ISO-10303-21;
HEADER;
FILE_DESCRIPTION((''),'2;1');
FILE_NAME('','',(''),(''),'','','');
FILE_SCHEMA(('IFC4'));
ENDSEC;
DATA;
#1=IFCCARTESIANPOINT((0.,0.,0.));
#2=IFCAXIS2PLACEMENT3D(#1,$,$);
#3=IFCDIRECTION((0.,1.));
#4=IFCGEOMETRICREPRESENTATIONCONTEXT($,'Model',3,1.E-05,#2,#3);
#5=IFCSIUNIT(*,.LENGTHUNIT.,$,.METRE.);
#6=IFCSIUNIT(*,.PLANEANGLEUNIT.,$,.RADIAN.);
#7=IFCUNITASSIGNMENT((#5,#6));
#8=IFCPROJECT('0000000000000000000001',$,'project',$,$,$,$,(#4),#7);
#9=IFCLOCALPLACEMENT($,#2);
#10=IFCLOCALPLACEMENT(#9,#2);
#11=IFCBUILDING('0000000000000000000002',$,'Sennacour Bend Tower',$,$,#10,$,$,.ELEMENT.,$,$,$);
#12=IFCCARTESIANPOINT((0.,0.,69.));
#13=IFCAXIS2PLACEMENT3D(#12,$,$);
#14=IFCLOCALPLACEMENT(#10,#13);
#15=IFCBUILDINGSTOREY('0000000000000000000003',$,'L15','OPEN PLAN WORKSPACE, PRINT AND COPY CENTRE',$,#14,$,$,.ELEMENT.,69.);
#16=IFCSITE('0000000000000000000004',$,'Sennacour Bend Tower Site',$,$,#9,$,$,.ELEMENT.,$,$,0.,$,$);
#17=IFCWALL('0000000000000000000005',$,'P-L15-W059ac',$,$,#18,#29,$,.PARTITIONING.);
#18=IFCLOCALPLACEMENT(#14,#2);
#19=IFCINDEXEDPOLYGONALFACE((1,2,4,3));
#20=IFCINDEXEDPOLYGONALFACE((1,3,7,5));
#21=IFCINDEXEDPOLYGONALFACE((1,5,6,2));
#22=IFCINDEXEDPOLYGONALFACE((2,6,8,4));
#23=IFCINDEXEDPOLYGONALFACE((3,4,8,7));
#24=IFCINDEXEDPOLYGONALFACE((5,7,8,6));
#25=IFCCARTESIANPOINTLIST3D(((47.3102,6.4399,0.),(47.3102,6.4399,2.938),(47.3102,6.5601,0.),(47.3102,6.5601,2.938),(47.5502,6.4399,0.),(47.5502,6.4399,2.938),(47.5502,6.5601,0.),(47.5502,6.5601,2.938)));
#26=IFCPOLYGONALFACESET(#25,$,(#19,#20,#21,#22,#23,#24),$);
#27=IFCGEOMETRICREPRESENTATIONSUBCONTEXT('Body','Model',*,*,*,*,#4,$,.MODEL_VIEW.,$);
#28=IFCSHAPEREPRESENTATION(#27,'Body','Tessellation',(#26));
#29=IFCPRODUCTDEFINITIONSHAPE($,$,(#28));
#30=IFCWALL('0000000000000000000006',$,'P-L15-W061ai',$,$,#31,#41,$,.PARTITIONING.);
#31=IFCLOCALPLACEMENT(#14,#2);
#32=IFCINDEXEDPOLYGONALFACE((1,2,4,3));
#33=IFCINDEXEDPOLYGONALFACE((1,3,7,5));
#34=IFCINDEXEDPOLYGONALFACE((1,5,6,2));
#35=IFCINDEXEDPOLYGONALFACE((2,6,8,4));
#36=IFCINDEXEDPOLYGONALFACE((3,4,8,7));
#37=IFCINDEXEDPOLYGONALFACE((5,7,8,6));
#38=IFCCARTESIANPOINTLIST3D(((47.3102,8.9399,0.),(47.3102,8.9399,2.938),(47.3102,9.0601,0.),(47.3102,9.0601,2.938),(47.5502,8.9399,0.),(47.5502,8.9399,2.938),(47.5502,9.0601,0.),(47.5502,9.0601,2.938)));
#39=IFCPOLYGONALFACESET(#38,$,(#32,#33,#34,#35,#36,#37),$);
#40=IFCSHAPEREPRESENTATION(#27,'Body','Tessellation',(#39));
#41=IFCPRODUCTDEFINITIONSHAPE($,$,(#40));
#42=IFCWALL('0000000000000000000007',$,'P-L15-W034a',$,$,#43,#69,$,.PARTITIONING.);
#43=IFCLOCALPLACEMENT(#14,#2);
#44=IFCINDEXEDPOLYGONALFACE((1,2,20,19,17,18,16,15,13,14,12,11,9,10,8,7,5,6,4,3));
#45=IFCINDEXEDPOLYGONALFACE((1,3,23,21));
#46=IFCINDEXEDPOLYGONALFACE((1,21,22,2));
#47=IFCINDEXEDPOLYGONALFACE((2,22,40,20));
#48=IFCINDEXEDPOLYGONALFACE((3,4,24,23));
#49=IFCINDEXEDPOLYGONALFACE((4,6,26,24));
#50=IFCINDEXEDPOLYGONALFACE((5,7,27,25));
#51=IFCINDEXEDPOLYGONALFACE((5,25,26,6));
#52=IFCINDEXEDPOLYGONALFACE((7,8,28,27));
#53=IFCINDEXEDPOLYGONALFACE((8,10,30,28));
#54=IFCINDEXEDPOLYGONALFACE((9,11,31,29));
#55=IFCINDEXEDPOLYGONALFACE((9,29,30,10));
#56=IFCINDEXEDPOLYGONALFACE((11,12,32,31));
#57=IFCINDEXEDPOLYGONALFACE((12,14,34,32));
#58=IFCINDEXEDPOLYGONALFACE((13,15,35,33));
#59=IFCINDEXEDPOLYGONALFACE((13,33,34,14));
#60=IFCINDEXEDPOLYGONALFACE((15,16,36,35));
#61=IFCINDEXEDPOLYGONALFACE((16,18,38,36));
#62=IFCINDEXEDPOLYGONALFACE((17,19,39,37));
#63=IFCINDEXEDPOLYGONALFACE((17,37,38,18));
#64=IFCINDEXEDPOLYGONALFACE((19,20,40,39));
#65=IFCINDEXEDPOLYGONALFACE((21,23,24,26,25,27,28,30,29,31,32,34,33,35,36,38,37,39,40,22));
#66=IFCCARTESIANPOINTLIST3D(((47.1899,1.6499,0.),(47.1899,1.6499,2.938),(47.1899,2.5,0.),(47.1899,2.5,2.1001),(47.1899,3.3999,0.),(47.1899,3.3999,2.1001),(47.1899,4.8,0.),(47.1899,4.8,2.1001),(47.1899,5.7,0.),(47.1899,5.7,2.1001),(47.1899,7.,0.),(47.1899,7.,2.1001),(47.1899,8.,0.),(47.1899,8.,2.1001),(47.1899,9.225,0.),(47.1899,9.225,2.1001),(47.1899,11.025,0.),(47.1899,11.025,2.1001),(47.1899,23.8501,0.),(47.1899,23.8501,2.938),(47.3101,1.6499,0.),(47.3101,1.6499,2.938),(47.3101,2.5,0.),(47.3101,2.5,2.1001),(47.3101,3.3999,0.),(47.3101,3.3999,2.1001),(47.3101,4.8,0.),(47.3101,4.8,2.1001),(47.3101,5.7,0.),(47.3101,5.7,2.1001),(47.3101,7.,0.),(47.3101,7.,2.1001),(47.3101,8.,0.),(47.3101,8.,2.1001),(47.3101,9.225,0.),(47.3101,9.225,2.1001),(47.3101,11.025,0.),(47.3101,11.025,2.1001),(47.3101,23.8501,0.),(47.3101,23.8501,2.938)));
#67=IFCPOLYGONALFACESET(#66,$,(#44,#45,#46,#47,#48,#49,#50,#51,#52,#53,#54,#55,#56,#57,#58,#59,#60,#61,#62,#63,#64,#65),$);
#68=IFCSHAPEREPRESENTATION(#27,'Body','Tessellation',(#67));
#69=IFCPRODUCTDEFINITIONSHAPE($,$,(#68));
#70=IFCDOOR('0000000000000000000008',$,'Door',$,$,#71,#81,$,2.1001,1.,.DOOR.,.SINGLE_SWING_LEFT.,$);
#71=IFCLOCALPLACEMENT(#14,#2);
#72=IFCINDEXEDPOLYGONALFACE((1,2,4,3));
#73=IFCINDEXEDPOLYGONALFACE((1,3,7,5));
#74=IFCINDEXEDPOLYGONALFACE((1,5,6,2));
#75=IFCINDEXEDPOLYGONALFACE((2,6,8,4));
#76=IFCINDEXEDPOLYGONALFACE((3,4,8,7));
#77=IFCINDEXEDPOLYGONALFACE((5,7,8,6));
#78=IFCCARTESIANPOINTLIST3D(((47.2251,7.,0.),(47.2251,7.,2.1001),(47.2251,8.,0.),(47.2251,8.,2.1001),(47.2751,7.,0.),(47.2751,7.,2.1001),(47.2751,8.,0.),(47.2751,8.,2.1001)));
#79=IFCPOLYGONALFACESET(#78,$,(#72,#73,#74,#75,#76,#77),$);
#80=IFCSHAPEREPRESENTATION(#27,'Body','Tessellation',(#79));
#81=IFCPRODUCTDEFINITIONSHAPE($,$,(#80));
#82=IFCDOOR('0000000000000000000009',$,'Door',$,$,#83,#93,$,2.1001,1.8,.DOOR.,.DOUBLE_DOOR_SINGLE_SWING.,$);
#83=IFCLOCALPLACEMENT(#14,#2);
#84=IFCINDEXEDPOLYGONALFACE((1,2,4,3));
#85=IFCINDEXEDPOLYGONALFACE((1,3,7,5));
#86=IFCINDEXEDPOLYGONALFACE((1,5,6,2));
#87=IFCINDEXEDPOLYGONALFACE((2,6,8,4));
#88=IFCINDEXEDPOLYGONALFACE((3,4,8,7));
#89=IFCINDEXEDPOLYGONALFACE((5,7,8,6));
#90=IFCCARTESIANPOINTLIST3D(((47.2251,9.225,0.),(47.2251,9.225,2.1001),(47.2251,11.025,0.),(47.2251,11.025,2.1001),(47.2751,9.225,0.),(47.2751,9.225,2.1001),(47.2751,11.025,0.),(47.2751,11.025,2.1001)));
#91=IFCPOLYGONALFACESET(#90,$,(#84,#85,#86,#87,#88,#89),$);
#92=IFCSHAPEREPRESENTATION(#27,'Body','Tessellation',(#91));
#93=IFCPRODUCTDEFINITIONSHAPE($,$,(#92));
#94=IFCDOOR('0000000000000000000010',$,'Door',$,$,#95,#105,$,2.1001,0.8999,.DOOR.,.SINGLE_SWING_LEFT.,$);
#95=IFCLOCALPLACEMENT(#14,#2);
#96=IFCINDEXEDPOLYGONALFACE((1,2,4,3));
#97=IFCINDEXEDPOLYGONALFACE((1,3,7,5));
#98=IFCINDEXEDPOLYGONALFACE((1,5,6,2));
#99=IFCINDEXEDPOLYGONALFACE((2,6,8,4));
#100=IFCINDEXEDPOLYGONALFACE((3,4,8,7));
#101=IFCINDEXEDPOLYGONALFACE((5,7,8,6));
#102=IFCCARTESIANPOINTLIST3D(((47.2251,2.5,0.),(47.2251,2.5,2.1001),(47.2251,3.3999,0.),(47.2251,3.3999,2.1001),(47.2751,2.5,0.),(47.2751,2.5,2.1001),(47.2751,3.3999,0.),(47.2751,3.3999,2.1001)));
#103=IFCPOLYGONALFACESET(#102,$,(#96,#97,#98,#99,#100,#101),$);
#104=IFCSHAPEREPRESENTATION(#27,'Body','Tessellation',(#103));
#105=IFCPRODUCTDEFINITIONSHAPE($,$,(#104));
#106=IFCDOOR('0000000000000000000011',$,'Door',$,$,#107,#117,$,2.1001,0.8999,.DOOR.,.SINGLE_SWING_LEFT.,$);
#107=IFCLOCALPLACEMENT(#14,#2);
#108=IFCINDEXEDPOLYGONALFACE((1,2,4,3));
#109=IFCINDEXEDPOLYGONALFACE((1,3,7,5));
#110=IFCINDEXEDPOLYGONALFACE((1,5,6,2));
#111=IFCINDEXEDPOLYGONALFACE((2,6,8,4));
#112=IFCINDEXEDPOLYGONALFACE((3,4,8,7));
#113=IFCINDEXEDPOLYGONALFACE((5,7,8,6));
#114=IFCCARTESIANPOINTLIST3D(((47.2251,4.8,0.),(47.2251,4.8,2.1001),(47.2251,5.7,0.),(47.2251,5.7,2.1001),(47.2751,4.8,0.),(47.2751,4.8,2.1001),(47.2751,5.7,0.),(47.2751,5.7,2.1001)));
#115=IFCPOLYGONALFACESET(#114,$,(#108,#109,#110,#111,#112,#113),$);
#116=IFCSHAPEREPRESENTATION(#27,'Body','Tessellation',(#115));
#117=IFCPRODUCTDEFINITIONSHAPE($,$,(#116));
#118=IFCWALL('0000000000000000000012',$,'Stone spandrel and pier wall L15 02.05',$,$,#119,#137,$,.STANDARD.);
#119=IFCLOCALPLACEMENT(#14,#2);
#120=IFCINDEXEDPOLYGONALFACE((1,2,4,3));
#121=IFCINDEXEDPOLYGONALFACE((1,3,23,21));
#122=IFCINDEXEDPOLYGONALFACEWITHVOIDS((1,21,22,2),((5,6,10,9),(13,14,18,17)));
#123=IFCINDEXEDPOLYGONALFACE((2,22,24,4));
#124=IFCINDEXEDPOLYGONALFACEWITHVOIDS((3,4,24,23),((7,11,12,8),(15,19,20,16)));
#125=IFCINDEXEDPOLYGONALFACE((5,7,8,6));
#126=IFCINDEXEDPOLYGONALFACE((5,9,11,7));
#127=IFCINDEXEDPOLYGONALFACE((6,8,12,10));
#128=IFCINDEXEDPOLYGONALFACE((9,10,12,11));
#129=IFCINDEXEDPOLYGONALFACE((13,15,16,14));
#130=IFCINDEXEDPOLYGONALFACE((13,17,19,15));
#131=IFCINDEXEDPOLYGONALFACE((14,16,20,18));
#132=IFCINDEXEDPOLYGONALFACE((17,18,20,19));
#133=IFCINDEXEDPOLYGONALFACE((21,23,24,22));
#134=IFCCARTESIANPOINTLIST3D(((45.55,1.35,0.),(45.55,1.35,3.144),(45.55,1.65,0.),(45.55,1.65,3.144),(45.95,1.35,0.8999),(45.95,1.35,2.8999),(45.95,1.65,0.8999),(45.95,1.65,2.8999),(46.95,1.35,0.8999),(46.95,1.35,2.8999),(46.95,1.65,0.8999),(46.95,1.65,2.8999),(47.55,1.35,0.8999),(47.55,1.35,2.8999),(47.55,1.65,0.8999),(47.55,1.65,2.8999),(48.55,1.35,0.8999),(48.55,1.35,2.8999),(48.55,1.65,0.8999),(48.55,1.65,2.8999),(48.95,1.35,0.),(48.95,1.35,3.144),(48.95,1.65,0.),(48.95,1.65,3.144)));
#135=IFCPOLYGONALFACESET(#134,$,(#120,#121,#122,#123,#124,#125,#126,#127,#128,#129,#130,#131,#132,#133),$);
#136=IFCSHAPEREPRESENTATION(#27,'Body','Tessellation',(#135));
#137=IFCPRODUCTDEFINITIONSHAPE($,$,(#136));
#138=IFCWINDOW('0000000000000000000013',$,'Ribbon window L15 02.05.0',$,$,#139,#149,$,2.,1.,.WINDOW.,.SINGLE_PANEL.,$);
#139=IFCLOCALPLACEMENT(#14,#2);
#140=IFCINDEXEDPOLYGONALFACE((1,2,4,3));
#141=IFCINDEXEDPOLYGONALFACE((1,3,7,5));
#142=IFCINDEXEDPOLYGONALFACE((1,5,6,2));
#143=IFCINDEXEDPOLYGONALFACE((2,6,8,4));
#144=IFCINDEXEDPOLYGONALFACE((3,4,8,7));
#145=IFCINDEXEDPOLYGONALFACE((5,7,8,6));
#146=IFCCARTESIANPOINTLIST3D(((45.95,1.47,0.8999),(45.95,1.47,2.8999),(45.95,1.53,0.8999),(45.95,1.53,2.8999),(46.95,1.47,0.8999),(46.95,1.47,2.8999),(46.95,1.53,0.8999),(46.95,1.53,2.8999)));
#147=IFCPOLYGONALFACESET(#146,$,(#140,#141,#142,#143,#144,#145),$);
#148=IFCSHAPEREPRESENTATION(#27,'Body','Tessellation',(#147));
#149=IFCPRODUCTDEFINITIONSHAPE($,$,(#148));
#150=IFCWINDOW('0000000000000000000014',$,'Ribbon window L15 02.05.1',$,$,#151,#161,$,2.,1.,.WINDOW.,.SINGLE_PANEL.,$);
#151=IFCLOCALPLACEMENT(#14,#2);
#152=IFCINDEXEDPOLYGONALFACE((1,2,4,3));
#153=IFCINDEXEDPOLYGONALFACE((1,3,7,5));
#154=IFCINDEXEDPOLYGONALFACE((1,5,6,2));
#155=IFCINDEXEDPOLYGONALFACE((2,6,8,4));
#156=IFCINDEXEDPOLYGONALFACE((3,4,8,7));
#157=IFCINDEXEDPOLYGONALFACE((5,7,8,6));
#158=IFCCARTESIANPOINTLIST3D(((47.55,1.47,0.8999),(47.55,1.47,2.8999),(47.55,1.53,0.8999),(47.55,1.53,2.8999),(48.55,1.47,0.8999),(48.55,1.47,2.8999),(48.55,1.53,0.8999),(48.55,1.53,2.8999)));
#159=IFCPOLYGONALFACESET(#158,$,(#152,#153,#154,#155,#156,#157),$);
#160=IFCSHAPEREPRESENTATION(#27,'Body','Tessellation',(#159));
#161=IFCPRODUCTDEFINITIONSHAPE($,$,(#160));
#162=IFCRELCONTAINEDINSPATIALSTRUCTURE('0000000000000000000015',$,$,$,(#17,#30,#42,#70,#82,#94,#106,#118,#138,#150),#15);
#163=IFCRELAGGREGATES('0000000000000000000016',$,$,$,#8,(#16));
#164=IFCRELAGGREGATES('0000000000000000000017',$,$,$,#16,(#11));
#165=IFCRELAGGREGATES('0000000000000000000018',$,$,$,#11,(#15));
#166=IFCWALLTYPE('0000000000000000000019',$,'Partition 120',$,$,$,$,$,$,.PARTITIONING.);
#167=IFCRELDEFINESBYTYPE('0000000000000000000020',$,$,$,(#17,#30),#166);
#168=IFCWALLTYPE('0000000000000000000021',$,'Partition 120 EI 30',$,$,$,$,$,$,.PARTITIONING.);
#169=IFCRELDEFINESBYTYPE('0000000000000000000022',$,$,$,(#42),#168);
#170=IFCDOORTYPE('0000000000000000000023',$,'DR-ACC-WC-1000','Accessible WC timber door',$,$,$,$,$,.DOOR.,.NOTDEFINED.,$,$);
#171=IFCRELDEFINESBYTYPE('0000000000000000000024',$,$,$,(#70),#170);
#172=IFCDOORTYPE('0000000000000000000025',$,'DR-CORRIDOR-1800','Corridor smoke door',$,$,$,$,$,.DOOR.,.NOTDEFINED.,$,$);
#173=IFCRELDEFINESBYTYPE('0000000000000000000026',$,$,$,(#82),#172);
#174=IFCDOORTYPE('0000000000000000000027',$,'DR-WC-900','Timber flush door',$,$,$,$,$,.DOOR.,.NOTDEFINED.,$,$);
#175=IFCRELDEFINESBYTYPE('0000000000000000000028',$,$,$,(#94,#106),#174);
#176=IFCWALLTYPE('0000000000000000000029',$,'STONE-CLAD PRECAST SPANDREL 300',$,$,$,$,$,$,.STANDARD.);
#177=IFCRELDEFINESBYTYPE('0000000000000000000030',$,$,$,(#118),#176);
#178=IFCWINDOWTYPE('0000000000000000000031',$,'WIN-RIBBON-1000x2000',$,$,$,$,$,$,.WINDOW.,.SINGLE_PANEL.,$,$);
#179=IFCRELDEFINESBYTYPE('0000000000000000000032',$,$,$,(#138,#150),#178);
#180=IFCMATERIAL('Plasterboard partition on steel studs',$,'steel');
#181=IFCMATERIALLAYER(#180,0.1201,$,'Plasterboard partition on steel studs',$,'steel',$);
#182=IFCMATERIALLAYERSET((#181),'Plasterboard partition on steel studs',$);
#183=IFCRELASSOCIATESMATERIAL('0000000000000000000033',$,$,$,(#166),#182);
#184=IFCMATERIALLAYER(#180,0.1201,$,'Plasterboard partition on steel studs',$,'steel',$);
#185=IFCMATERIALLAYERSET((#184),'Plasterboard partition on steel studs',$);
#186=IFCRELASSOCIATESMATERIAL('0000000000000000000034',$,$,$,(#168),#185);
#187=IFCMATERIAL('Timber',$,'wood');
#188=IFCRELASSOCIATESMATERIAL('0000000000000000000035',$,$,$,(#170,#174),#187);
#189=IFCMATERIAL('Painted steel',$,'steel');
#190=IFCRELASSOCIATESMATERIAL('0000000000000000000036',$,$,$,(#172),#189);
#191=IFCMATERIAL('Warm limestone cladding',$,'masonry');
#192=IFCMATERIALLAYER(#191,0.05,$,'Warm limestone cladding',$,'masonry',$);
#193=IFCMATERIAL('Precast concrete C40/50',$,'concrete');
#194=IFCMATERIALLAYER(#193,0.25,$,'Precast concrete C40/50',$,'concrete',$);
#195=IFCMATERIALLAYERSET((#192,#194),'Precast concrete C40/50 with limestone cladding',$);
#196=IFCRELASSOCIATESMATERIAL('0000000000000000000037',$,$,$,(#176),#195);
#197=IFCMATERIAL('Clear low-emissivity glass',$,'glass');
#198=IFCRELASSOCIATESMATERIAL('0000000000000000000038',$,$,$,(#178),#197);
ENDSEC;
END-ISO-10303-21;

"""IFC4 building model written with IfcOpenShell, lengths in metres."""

from ifc_helpers import new_model, si_unit, direction, frame, frame_2d, origin, place, context, subcontext, project, spatial, rectangle, extrude, material, layer, layer_set, type_object, element, fill, save


model = new_model("IFC4")

# Units and contexts
model_context = context("Model", 3, precision=1e-05, world=origin(), true_north=direction((0.0, 1.0)))
body_context = subcontext(model_context, "Body", "Model", "MODEL_VIEW")
ifc_project = project(units=[si_unit("LENGTHUNIT", "METRE"), si_unit("PLANEANGLEUNIT", "RADIAN")], contexts=[model_context])

# Site, building, storey
site_placement = place(None, origin())
site = spatial("IfcSite", under=ifc_project, at=site_placement, Name="Sennacour Bend Tower Site", CompositionType="ELEMENT", RefElevation=0.0)
building_placement = place(site_placement, origin())
building = spatial("IfcBuilding", under=site, at=building_placement, Name="Sennacour Bend Tower", CompositionType="ELEMENT")
storey_placement = place(building_placement, frame((0.0, 0.0, 69.0)))
storey = spatial("IfcBuildingStorey", under=building, at=storey_placement, Name="L15", Description="OPEN PLAN WORKSPACE, PRINT AND COPY CENTRE", CompositionType="ELEMENT", Elevation=69.0)

# Walls
ifc_material_1 = material(Name="Plasterboard partition on steel studs", Category="steel")
ifc_layer_1 = layer(ifc_material_1, 0.1201, Name="Plasterboard partition on steel studs", Category="steel")
ifc_layer_set_1 = layer_set([ifc_layer_1], Name="Plasterboard partition on steel studs")
wall_type_1 = type_object("IfcWallType", Name="Partition 120", PredefinedType="PARTITIONING", material=ifc_layer_set_1)
for number, where, z_axis, x_axis, name in (
    (1, (47.3101, 6.5, 0.0), (0.0, 0.0, 1.0), (1.0, 0.0, 0.0), "P-L15-W059ac"),
    (2, (47.3101, 9.0, 0.0), (0.0, 0.0, 1.0), (1.0, 0.0, 0.0), "P-L15-W061ai"),
):
    element("IfcWall", number, at=place(storey_placement, frame(where, z_axis=z_axis, x_axis=x_axis)), inside=storey, type_object=wall_type_1, Name=name, PredefinedType="PARTITIONING", context=body_context, shape_type="SweptSolid", body=[
        extrude(rectangle(XDim=0.24, YDim=0.1201, at=frame_2d((0.1201, 0.0))), origin(), (0.0, 0.0, 1.0), 2.938),
    ])

# Wall, openings, doors
ifc_layer_2 = layer(ifc_material_1, 0.1201, Name="Plasterboard partition on steel studs", Category="steel")
ifc_layer_set_2 = layer_set([ifc_layer_2], Name="Plasterboard partition on steel studs")
wall_type_2 = type_object("IfcWallType", Name="Partition 120 EI 30", PredefinedType="PARTITIONING", material=ifc_layer_set_2)
wall_1_placement = place(storey_placement, frame((47.25, 1.6499, 0.0), z_axis=(0.0, 0.0, 1.0), x_axis=(0.0, 1.0, 0.0)))
wall_1 = element("IfcWall", 3, at=wall_1_placement, inside=storey, type_object=wall_type_2, Name="P-L15-W034a", PredefinedType="PARTITIONING", context=body_context, shape_type="SweptSolid", body=[
    extrude(rectangle(XDim=22.2002, YDim=0.1201, at=frame_2d((11.1001, 0.0))), origin(), (0.0, 0.0, 1.0), 2.938),
])
opening_1_placement = place(wall_1_placement, frame((7.5752, 0.0, 0.0)))
opening_1 = element("IfcOpeningElement", 4, at=opening_1_placement, cuts=wall_1, PredefinedType="OPENING", context=body_context, shape_type="SweptSolid", body=[
    extrude(rectangle(XDim=1.8, YDim=2.1001, at=frame_2d((0.8999, 1.05))), frame((0.0, 0.0701, 0.0), z_axis=(0.0, -1.0, 0.0), x_axis=(1.0, 0.0, 0.0)), (0.0, 0.0, 1.0), 0.1401),
])
opening_2_placement = place(wall_1_placement, frame((0.8501, 0.0, 0.0)))
opening_2 = element("IfcOpeningElement", 5, at=opening_2_placement, cuts=wall_1, PredefinedType="OPENING", context=body_context, shape_type="SweptSolid", body=[
    extrude(rectangle(XDim=0.8999, YDim=2.1001, at=frame_2d((0.45, 1.05))), frame((0.0, 0.0701, 0.0), z_axis=(0.0, -1.0, 0.0), x_axis=(1.0, 0.0, 0.0)), (0.0, 0.0, 1.0), 0.1401),
])
opening_3_placement = place(wall_1_placement, frame((3.1501, 0.0, 0.0)))
opening_3 = element("IfcOpeningElement", 6, at=opening_3_placement, cuts=wall_1, PredefinedType="OPENING", context=body_context, shape_type="SweptSolid", body=[
    extrude(rectangle(XDim=0.8999, YDim=2.1001, at=frame_2d((0.45, 1.05))), frame((0.0, 0.0701, 0.0), z_axis=(0.0, -1.0, 0.0), x_axis=(1.0, 0.0, 0.0)), (0.0, 0.0, 1.0), 0.1401),
])
opening_4_placement = place(wall_1_placement, frame((5.3501, 0.0, 0.0)))
opening_4 = element("IfcOpeningElement", 7, at=opening_4_placement, cuts=wall_1, PredefinedType="OPENING", context=body_context, shape_type="SweptSolid", body=[
    extrude(rectangle(XDim=1.0, YDim=2.1001, at=frame_2d((0.5, 1.05))), frame((0.0, 0.0701, 0.0), z_axis=(0.0, -1.0, 0.0), x_axis=(1.0, 0.0, 0.0)), (0.0, 0.0, 1.0), 0.1401),
])
ifc_material_2 = material(Name="Timber", Category="wood")
door_type_1 = type_object("IfcDoorType", Name="DR-ACC-WC-1000", Description="Accessible WC timber door", OperationType="NOTDEFINED", PredefinedType="DOOR", material=ifc_material_2)
door_1_placement = place(opening_4_placement, origin())
door_1 = element("IfcDoor", 8, at=door_1_placement, inside=storey, type_object=door_type_1, Name="Door", OperationType="SINGLE_SWING_LEFT", OverallHeight=2.1001, OverallWidth=1.0, PredefinedType="DOOR", context=body_context, shape_type="SweptSolid", body=[
    extrude(rectangle(XDim=1.0, YDim=2.1001, at=frame_2d((0.5, 1.05))), frame((0.0, 0.0249, 0.0), z_axis=(0.0, -1.0, 0.0), x_axis=(1.0, 0.0, 0.0)), (0.0, 0.0, 1.0), 0.05),
])
fill(opening_4, door_1)
ifc_material_3 = material(Name="Painted steel", Category="steel")
door_type_2 = type_object("IfcDoorType", Name="DR-CORRIDOR-1800", Description="Corridor smoke door", OperationType="NOTDEFINED", PredefinedType="DOOR", material=ifc_material_3)
door_2_placement = place(opening_1_placement, origin())
door_2 = element("IfcDoor", 9, at=door_2_placement, inside=storey, type_object=door_type_2, Name="Door", OperationType="DOUBLE_DOOR_SINGLE_SWING", OverallHeight=2.1001, OverallWidth=1.8, PredefinedType="DOOR", context=body_context, shape_type="SweptSolid", body=[
    extrude(rectangle(XDim=1.8, YDim=2.1001, at=frame_2d((0.8999, 1.05))), frame((0.0, 0.0249, 0.0), z_axis=(0.0, -1.0, 0.0), x_axis=(1.0, 0.0, 0.0)), (0.0, 0.0, 1.0), 0.05),
])
fill(opening_1, door_2)
door_type_3 = type_object("IfcDoorType", Name="DR-WC-900", Description="Timber flush door", OperationType="NOTDEFINED", PredefinedType="DOOR", material=ifc_material_2)
door_3_placement = place(opening_2_placement, origin())
door_3 = element("IfcDoor", 10, at=door_3_placement, inside=storey, type_object=door_type_3, Name="Door", OperationType="SINGLE_SWING_LEFT", OverallHeight=2.1001, OverallWidth=0.8999, PredefinedType="DOOR", context=body_context, shape_type="SweptSolid", body=[
    extrude(rectangle(XDim=0.8999, YDim=2.1001, at=frame_2d((0.45, 1.05))), frame((0.0, 0.0249, 0.0), z_axis=(0.0, -1.0, 0.0), x_axis=(1.0, 0.0, 0.0)), (0.0, 0.0, 1.0), 0.05),
])
fill(opening_2, door_3)
door_4_placement = place(opening_3_placement, origin())
door_4 = element("IfcDoor", 11, at=door_4_placement, inside=storey, type_object=door_type_3, Name="Door", OperationType="SINGLE_SWING_LEFT", OverallHeight=2.1001, OverallWidth=0.8999, PredefinedType="DOOR", context=body_context, shape_type="SweptSolid", body=[
    extrude(rectangle(XDim=0.8999, YDim=2.1001, at=frame_2d((0.45, 1.05))), frame((0.0, 0.0249, 0.0), z_axis=(0.0, -1.0, 0.0), x_axis=(1.0, 0.0, 0.0)), (0.0, 0.0, 1.0), 0.05),
])
fill(opening_3, door_4)

# Wall, openings, windows
ifc_material_4 = material(Name="Warm limestone cladding", Category="masonry")
ifc_layer_3 = layer(ifc_material_4, 0.05, Name="Warm limestone cladding", Category="masonry")
ifc_material_5 = material(Name="Precast concrete C40/50", Category="concrete")
ifc_layer_4 = layer(ifc_material_5, 0.25, Name="Precast concrete C40/50", Category="concrete")
ifc_layer_set_3 = layer_set([ifc_layer_3, ifc_layer_4], Name="Precast concrete C40/50 with limestone cladding")
wall_type_3 = type_object("IfcWallType", Name="STONE-CLAD PRECAST SPANDREL 300", PredefinedType="STANDARD", material=ifc_layer_set_3)
wall_2_placement = place(storey_placement, frame((45.55, 1.5, 0.0), z_axis=(0.0, 0.0, 1.0), x_axis=(1.0, 0.0, 0.0)))
wall_2 = element("IfcWall", 12, at=wall_2_placement, inside=storey, type_object=wall_type_3, Name="Stone spandrel and pier wall L15 02.05", PredefinedType="STANDARD", context=body_context, shape_type="SweptSolid", body=[
    extrude(rectangle(XDim=3.3999, YDim=0.3, at=frame_2d((1.7, 0.0))), origin(), (0.0, 0.0, 1.0), 3.144),
])
opening_5_placement = place(wall_2_placement, frame((0.3999, 0.0, 0.8999)))
opening_5 = element("IfcOpeningElement", 13, at=opening_5_placement, cuts=wall_2, PredefinedType="OPENING", context=body_context, shape_type="SweptSolid", body=[
    extrude(rectangle(XDim=1.0, YDim=2.0, at=frame_2d((0.5, 1.0))), frame((0.0, 0.1602, 0.0), z_axis=(0.0, -1.0, 0.0), x_axis=(1.0, 0.0, 0.0)), (0.0, 0.0, 1.0), 0.3201),
])
opening_6_placement = place(wall_2_placement, frame((2.0, 0.0, 0.8999)))
opening_6 = element("IfcOpeningElement", 14, at=opening_6_placement, cuts=wall_2, PredefinedType="OPENING", context=body_context, shape_type="SweptSolid", body=[
    extrude(rectangle(XDim=1.0, YDim=2.0, at=frame_2d((0.5, 1.0))), frame((0.0, 0.1602, 0.0), z_axis=(0.0, -1.0, 0.0), x_axis=(1.0, 0.0, 0.0)), (0.0, 0.0, 1.0), 0.3201),
])
ifc_material_6 = material(Name="Clear low-emissivity glass", Category="glass")
window_type = type_object("IfcWindowType", Name="WIN-RIBBON-1000x2000", PartitioningType="SINGLE_PANEL", PredefinedType="WINDOW", material=ifc_material_6)
window_1_placement = place(opening_5_placement, origin())
window_1 = element("IfcWindow", 15, at=window_1_placement, inside=storey, type_object=window_type, Name="Ribbon window L15 02.05.0", OverallHeight=2.0, OverallWidth=1.0, PartitioningType="SINGLE_PANEL", PredefinedType="WINDOW", context=body_context, shape_type="SweptSolid", body=[
    extrude(rectangle(XDim=1.0, YDim=2.0, at=frame_2d((0.5, 1.0))), frame((0.0, 0.03, 0.0), z_axis=(0.0, -1.0, 0.0), x_axis=(1.0, 0.0, 0.0)), (0.0, 0.0, 1.0), 0.0601),
])
fill(opening_5, window_1)
window_2_placement = place(opening_6_placement, origin())
window_2 = element("IfcWindow", 16, at=window_2_placement, inside=storey, type_object=window_type, Name="Ribbon window L15 02.05.1", OverallHeight=2.0, OverallWidth=1.0, PartitioningType="SINGLE_PANEL", PredefinedType="WINDOW", context=body_context, shape_type="SweptSolid", body=[
    extrude(rectangle(XDim=1.0, YDim=2.0, at=frame_2d((0.5, 1.0))), frame((0.0, 0.03, 0.0), z_axis=(0.0, -1.0, 0.0), x_axis=(1.0, 0.0, 0.0)), (0.0, 0.0, 1.0), 0.0601),
])
fill(opening_6, window_2)

save(model, "model.ifc")
